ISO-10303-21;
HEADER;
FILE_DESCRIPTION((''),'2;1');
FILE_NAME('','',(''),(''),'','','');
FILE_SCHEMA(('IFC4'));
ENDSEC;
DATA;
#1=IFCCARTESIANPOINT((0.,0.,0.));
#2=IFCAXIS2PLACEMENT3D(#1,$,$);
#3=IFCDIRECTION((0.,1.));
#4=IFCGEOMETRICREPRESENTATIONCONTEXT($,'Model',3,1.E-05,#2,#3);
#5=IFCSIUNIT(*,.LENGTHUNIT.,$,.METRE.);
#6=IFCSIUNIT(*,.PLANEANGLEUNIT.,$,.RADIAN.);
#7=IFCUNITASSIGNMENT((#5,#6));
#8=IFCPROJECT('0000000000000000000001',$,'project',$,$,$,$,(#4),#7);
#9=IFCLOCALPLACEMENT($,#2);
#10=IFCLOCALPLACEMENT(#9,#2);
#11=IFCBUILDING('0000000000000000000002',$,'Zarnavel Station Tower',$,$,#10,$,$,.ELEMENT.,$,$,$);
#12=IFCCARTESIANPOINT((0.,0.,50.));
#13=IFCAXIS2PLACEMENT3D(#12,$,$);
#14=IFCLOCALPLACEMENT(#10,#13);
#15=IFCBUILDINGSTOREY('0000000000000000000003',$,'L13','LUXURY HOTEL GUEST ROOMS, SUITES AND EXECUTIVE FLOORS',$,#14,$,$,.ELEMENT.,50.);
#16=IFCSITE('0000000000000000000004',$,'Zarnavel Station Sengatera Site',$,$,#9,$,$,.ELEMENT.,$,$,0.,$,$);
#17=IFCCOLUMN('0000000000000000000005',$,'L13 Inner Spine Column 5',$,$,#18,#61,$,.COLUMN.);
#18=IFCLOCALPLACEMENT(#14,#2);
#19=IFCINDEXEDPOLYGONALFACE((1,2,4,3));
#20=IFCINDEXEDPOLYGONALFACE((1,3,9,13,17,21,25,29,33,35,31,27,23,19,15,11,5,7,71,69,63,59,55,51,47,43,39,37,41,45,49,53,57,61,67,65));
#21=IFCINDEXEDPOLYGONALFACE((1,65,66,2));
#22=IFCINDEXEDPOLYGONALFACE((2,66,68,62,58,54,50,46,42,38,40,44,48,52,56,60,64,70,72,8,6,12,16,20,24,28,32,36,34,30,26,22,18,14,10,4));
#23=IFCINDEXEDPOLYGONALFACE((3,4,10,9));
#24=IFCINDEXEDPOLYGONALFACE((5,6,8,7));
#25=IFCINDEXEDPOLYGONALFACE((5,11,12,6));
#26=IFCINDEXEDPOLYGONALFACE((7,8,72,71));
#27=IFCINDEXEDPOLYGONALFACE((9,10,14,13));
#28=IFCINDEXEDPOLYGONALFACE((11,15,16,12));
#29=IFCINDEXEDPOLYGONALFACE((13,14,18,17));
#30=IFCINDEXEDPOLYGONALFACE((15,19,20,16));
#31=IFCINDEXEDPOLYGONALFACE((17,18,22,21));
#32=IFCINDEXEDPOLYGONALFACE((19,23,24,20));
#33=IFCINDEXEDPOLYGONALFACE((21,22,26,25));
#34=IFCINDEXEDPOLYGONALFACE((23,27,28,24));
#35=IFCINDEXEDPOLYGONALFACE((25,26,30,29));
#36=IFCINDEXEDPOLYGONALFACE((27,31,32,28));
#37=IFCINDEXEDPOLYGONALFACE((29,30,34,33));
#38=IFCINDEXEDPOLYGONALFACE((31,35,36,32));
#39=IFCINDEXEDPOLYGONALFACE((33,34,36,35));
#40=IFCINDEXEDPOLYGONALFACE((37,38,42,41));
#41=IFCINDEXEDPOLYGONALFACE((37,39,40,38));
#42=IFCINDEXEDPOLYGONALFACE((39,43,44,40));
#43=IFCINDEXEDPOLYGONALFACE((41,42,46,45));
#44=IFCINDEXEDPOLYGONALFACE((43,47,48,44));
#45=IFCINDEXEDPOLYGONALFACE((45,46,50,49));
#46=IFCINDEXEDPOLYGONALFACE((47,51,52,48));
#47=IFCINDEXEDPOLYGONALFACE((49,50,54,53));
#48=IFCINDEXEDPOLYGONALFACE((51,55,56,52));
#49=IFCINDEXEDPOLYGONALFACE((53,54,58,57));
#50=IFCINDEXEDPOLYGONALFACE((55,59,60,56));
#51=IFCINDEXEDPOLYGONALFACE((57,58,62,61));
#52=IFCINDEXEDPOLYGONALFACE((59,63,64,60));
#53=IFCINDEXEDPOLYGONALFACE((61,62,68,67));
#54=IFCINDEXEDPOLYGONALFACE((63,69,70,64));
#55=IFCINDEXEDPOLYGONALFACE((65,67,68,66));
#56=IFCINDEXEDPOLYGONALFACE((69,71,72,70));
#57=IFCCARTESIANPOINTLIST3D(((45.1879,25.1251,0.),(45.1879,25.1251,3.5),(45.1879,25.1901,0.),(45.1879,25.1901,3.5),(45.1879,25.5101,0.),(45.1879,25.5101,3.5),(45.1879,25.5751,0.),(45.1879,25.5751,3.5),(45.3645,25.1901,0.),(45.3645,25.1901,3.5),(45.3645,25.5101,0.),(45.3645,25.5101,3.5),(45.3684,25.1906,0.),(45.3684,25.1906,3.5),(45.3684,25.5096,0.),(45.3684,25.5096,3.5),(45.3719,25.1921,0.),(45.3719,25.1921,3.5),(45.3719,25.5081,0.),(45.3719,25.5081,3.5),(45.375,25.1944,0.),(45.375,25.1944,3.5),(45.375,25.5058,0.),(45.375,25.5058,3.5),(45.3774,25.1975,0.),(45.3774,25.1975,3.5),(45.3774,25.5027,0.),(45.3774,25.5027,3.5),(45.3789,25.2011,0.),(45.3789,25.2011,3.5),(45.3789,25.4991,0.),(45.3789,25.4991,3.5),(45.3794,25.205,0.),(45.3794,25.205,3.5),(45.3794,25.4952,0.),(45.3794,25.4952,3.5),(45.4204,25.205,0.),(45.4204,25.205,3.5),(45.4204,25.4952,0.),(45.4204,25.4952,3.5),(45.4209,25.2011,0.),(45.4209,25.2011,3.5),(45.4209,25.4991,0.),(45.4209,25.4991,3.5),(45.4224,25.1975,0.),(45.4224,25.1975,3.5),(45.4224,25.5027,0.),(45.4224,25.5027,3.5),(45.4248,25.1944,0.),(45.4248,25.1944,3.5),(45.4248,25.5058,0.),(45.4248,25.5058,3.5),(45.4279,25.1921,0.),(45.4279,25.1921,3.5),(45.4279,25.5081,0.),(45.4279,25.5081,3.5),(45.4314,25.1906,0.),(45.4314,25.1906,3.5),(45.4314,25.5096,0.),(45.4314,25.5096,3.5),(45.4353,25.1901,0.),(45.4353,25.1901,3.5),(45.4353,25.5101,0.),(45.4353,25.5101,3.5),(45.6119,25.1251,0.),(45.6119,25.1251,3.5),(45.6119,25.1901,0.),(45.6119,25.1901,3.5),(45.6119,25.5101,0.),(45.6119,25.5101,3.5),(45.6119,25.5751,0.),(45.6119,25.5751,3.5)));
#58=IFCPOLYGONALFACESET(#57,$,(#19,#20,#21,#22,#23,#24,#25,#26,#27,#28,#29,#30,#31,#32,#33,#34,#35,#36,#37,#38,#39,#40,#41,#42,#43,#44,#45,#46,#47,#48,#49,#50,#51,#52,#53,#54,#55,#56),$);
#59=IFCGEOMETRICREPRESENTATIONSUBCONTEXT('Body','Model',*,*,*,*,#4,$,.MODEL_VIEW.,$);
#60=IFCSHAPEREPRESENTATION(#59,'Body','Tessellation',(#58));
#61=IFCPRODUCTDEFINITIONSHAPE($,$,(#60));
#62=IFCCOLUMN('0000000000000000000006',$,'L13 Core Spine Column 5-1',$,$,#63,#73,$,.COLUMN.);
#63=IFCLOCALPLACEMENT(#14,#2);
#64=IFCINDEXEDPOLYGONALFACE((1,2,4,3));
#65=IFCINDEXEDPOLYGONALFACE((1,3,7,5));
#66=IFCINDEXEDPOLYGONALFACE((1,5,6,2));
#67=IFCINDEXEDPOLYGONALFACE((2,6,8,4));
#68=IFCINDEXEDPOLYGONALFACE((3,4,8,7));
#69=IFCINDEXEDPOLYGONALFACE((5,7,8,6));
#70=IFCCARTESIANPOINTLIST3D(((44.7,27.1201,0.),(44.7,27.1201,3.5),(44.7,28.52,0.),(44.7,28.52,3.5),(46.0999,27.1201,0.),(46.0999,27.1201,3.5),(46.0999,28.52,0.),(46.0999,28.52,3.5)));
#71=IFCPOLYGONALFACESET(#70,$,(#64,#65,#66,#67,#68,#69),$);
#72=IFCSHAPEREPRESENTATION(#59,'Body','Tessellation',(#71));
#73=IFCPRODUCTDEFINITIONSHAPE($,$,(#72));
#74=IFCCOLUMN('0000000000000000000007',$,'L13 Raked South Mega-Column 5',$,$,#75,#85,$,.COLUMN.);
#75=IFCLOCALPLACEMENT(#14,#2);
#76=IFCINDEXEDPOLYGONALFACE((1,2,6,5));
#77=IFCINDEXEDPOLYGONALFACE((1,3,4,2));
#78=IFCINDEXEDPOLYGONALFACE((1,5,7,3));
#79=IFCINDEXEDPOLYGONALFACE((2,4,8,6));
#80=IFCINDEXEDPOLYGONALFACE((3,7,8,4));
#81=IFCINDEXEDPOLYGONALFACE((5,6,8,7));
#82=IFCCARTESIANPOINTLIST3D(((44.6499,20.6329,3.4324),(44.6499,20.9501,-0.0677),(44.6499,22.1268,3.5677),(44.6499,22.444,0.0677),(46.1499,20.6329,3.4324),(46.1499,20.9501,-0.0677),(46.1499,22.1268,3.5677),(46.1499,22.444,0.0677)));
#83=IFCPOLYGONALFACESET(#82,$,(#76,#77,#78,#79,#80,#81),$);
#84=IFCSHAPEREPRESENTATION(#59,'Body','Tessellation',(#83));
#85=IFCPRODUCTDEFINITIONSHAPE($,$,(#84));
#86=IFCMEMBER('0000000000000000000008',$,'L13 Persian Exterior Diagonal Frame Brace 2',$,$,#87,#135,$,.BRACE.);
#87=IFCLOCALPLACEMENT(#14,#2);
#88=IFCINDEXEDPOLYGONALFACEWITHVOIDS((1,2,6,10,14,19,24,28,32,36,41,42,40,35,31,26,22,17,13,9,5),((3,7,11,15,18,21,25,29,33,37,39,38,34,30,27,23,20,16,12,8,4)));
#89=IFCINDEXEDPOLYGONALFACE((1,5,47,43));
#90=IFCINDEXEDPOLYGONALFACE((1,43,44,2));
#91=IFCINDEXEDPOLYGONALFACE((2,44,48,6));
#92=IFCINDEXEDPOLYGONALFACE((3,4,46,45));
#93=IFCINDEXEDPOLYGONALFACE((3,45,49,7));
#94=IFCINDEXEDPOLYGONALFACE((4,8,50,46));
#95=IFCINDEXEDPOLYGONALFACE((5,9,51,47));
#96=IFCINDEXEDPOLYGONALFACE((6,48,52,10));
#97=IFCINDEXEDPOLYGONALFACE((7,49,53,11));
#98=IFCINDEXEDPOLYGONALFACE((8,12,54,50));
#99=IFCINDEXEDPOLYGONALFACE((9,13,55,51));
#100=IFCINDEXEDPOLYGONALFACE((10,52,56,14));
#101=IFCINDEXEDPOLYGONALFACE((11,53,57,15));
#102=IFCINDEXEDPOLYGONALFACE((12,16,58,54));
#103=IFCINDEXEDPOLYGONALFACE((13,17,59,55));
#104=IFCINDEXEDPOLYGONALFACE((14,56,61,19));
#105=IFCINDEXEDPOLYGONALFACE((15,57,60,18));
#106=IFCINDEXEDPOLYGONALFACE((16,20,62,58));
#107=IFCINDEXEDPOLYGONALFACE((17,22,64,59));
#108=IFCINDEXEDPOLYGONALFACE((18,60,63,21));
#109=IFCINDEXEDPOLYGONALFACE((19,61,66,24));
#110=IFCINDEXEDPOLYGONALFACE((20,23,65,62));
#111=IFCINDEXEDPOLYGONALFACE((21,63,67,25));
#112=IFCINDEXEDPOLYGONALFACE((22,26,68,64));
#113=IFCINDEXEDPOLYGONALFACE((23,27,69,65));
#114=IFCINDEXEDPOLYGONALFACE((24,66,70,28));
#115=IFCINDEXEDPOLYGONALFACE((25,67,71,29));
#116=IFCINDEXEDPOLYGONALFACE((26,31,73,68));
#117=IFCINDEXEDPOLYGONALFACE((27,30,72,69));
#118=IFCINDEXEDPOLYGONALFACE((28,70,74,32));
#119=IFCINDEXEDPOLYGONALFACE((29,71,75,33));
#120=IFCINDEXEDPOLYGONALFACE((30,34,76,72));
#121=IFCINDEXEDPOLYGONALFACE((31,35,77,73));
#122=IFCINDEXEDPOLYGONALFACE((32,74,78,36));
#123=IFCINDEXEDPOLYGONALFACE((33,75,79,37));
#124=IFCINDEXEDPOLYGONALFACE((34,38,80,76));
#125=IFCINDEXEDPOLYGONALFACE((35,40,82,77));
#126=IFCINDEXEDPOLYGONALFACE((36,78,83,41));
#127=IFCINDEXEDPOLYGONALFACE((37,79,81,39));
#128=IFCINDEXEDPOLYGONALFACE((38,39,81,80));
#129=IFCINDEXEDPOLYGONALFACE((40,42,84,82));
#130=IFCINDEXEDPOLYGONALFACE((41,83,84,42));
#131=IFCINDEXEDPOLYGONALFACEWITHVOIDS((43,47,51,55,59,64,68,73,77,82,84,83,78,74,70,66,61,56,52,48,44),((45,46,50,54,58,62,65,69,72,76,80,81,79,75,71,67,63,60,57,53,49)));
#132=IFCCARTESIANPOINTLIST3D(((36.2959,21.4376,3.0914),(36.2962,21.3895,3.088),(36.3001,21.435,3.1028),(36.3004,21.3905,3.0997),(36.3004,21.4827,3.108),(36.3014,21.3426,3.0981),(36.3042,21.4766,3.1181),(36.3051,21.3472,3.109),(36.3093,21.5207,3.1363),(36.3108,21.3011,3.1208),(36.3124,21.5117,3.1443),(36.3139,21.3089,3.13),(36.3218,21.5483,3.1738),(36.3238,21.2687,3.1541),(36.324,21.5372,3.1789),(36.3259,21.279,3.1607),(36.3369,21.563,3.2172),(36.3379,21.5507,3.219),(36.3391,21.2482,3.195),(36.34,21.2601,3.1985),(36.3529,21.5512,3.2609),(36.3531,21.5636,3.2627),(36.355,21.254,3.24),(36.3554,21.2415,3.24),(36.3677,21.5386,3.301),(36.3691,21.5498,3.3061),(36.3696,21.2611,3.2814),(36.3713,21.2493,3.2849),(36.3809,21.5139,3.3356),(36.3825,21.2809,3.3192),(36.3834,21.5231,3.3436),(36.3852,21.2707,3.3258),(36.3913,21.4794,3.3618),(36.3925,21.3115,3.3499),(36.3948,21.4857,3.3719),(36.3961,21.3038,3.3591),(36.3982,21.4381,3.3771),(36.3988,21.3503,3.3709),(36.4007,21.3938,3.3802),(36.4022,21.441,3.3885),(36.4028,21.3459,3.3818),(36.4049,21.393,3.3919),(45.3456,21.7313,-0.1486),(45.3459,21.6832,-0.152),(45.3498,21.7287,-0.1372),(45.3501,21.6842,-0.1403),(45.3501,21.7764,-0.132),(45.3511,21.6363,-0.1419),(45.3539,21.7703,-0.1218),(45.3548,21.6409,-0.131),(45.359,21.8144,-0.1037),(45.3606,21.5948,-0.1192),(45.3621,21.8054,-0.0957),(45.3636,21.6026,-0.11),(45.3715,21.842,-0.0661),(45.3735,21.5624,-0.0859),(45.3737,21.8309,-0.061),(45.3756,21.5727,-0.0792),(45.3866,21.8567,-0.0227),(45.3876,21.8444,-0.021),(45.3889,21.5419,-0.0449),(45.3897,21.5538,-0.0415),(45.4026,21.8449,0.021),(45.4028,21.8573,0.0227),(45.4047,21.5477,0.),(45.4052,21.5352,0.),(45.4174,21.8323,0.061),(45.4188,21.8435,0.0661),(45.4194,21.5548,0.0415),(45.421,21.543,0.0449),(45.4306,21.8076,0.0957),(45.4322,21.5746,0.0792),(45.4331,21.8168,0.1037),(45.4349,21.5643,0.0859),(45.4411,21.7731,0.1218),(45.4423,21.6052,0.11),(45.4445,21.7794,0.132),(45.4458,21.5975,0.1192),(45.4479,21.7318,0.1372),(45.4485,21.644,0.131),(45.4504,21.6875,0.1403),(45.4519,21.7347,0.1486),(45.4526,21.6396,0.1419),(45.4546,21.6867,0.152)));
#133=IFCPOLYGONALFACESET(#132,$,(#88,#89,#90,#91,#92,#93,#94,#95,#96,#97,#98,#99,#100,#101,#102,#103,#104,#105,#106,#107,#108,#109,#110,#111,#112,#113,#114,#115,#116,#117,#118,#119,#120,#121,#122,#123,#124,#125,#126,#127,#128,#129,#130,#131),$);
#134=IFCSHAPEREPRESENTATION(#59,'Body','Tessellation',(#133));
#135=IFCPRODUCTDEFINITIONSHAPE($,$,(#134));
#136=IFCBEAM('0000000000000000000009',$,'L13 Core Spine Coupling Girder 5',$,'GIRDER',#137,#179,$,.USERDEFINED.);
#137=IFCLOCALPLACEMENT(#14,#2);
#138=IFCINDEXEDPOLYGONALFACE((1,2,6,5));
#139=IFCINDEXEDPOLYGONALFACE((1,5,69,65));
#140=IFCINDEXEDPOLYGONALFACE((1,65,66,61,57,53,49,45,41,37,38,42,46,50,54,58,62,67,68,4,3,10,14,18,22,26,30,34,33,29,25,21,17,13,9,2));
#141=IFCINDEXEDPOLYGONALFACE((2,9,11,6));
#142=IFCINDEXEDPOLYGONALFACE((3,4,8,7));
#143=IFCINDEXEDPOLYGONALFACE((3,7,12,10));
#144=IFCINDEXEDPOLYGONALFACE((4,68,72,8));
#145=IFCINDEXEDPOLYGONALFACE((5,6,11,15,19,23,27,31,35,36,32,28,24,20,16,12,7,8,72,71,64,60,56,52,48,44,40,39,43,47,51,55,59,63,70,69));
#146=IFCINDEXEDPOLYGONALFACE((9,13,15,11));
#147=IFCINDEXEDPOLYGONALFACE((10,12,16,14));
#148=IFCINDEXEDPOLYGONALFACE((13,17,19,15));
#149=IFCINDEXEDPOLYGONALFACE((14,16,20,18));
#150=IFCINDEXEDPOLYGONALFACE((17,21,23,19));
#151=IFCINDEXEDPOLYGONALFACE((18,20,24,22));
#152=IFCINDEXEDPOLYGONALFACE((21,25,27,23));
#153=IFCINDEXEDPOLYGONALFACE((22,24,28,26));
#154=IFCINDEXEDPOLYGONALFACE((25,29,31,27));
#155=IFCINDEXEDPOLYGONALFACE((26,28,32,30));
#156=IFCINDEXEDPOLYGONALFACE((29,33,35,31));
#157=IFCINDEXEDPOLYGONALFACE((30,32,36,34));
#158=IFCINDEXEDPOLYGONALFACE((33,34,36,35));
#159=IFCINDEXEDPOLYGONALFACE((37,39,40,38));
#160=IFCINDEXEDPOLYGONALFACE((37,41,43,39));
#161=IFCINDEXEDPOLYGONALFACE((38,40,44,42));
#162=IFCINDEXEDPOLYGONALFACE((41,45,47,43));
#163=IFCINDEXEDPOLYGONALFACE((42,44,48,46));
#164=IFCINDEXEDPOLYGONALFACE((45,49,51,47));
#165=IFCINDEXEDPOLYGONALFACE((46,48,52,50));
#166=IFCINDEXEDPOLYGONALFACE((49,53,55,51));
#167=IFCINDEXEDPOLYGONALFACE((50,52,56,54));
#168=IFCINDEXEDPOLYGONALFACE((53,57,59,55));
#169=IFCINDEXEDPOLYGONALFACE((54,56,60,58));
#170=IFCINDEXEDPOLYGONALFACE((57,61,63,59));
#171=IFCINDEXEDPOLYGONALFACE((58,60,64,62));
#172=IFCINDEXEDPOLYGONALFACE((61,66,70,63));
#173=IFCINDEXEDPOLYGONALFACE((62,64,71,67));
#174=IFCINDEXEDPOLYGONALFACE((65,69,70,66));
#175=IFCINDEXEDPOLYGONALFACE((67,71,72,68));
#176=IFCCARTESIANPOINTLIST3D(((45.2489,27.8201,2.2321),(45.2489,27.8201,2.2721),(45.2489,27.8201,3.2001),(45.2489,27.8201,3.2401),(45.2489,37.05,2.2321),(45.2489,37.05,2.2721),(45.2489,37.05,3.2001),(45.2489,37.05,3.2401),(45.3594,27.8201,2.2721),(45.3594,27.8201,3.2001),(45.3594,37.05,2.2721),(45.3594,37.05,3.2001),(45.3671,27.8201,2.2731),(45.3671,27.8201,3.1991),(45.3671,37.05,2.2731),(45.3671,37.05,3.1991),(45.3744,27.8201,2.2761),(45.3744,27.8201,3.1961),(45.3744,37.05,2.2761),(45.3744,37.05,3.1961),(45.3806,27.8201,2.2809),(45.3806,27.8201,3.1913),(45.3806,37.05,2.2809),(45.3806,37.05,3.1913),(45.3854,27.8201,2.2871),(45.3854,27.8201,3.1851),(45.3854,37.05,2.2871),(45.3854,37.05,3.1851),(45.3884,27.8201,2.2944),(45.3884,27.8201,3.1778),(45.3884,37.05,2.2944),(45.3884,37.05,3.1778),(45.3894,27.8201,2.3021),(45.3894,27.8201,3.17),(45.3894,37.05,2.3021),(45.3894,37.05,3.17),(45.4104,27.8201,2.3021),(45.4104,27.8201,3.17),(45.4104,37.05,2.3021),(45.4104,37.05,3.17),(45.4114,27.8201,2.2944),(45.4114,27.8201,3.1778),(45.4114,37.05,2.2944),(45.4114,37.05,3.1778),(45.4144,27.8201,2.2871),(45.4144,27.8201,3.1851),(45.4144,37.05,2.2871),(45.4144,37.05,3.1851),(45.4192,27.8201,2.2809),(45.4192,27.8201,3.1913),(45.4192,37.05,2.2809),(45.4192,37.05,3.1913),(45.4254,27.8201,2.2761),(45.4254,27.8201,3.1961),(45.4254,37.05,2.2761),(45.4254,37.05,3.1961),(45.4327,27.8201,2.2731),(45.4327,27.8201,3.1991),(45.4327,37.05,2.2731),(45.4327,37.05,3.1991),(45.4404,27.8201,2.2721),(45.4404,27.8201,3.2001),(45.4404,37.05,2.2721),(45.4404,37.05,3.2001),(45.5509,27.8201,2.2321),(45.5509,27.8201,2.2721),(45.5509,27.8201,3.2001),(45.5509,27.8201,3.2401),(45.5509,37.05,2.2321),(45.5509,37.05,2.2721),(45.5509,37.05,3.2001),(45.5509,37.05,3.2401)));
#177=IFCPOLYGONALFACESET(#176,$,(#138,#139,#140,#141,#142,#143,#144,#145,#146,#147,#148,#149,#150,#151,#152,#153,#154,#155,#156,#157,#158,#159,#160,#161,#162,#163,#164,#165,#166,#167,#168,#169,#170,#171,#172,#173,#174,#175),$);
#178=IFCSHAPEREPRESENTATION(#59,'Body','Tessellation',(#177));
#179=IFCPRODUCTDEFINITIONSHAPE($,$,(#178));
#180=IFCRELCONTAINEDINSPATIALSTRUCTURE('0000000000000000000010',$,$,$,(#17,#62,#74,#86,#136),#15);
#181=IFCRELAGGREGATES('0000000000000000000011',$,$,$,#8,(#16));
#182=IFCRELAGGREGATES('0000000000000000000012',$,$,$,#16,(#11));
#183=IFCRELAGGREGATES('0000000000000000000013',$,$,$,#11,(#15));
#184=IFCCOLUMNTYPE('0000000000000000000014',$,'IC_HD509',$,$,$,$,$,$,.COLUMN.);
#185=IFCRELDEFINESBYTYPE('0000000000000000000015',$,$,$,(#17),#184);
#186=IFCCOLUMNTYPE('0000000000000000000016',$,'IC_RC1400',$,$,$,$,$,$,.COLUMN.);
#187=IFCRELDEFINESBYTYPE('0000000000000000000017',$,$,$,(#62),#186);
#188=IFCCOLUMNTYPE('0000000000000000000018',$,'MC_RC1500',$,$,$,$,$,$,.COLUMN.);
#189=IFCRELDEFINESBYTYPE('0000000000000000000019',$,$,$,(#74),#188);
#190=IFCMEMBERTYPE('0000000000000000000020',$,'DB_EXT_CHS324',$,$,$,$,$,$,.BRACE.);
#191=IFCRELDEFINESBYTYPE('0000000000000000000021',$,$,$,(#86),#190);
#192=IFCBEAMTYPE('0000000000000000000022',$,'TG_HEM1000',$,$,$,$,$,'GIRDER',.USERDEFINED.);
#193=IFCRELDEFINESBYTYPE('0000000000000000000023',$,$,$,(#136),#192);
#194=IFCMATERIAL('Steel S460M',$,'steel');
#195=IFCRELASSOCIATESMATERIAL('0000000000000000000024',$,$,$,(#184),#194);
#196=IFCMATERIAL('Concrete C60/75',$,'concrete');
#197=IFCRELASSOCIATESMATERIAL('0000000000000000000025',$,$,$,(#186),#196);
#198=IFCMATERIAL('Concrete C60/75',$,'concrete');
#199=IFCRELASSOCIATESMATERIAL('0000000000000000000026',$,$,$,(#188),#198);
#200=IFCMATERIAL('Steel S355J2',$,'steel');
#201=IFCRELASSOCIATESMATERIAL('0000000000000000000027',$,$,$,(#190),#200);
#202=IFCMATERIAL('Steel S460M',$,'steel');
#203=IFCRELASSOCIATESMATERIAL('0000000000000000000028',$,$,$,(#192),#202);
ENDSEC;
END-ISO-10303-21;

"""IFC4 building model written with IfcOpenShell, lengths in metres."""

from ifc_helpers import new_model, si_unit, direction, frame, origin, origin_2d, place, context, subcontext, project, spatial, rectangle, hollow_circle, i_section, extrude, material, material_profile, profile_set, type_object, element, save


model = new_model("IFC4")

# Units and contexts
model_context = context("Model", 3, precision=1e-05, world=origin(), true_north=direction((0.0, 1.0)))
body_context = subcontext(model_context, "Body", "Model", "MODEL_VIEW")
ifc_project = project(units=[si_unit("LENGTHUNIT", "METRE"), si_unit("PLANEANGLEUNIT", "RADIAN")], contexts=[model_context])

# Site, building, storey
site_placement = place(None, origin())
site = spatial("IfcSite", under=ifc_project, at=site_placement, Name="Zarnavel Station Sengatera Site", CompositionType="ELEMENT", RefElevation=0.0)
building_placement = place(site_placement, origin())
building = spatial("IfcBuilding", under=site, at=building_placement, Name="Zarnavel Station Tower", CompositionType="ELEMENT")
storey_placement = place(building_placement, frame((0.0, 0.0, 50.0)))
storey = spatial("IfcBuildingStorey", under=building, at=storey_placement, Name="L13", Description="LUXURY HOTEL GUEST ROOMS, SUITES AND EXECUTIVE FLOORS", CompositionType="ELEMENT", Elevation=50.0)

# Columns
ifc_material_1 = material(Name="Steel S460M", Category="steel")
ifc_material_profile_1 = material_profile(ifc_material_1, i_section(OverallWidth=0.4241, OverallDepth=0.45, WebThickness=0.041, FlangeThickness=0.0649, FilletRadius=0.0149, at=origin_2d()), Name="HD400x509")
ifc_profile_set_1 = profile_set([ifc_material_profile_1], Name="Steel S460M")
column_type_1 = type_object("IfcColumnType", Name="IC_HD509", PredefinedType="COLUMN", material=ifc_profile_set_1)
column_1_placement = place(storey_placement, frame((45.3999, 25.3501, 0.0), z_axis=(0.0, 0.0, 1.0), x_axis=(1.0, 0.0, 0.0)))
element("IfcColumn", 1, at=column_1_placement, inside=storey, type_object=column_type_1, Name="L13 Inner Spine Column 5", PredefinedType="COLUMN", context=body_context, shape_type="SweptSolid", body=[
    extrude(i_section(OverallWidth=0.4241, OverallDepth=0.45, WebThickness=0.041, FlangeThickness=0.0649, FilletRadius=0.0149, at=origin_2d()), origin(), (0.0, 0.0, 1.0), 3.5),
])
ifc_material_2 = material(Name="Concrete C60/75", Category="concrete")
ifc_material_profile_2 = material_profile(ifc_material_2, rectangle(XDim=1.3999, YDim=1.3999, at=origin_2d()), Name="RC1400x1400")
ifc_profile_set_2 = profile_set([ifc_material_profile_2], Name="Concrete C60/75")
column_type_2 = type_object("IfcColumnType", Name="IC_RC1400", PredefinedType="COLUMN", material=ifc_profile_set_2)
column_2_placement = place(storey_placement, frame((45.3999, 27.8201, 0.0), z_axis=(0.0, 0.0, 1.0), x_axis=(1.0, 0.0, 0.0)))
element("IfcColumn", 2, at=column_2_placement, inside=storey, type_object=column_type_2, Name="L13 Core Spine Column 5-1", PredefinedType="COLUMN", context=body_context, shape_type="SweptSolid", body=[
    extrude(rectangle(XDim=1.3999, YDim=1.3999, at=origin_2d()), origin(), (0.0, 0.0, 1.0), 3.5),
])
ifc_material_3 = material(Name="Concrete C60/75", Category="concrete")
ifc_material_profile_3 = material_profile(ifc_material_3, rectangle(XDim=1.5, YDim=1.5, at=origin_2d()), Name="RC1500x1500")
ifc_profile_set_3 = profile_set([ifc_material_profile_3], Name="Concrete C60/75")
column_type_3 = type_object("IfcColumnType", Name="MC_RC1500", PredefinedType="COLUMN", material=ifc_profile_set_3)
column_3_placement = place(storey_placement, frame((45.3999, 21.697, 0.0), z_axis=(0.0, -0.090241, 0.99592), x_axis=(1.0, 0.0, 0.0)))
element("IfcColumn", 3, at=column_3_placement, inside=storey, type_object=column_type_3, Name="L13 Raked South Mega-Column 5", PredefinedType="COLUMN", context=body_context, shape_type="SweptSolid", body=[
    extrude(rectangle(XDim=1.5, YDim=1.5, at=origin_2d()), origin(), (0.0, 0.0, 1.0), 3.5144),
])

# Member
ifc_material_4 = material(Name="Steel S355J2", Category="steel")
ifc_material_profile_4 = material_profile(ifc_material_4, hollow_circle(Radius=0.1619, WallThickness=0.0125, at=origin_2d()), Name="CHS323.9x12.5")
ifc_profile_set_4 = profile_set([ifc_material_profile_4], Name="Steel S355J2")
member_type = type_object("IfcMemberType", Name="DB_EXT_CHS324", PredefinedType="BRACE", material=ifc_profile_set_4)
member_placement = place(storey_placement, frame((45.3999, 21.697, 0.0), z_axis=(-0.941042, -0.03054, 0.33691), x_axis=(0.032437, -0.999474, 0.0)))
element("IfcMember", 4, at=member_placement, inside=storey, type_object=member_type, Name="L13 Persian Exterior Diagonal Frame Brace 2", PredefinedType="BRACE", context=body_context, shape_type="SweptSolid", body=[
    extrude(hollow_circle(Radius=0.1619, WallThickness=0.0125, at=origin_2d()), origin(), (0.0, 0.0, 1.0), 9.6167),
])

# Beam
ifc_material_5 = material(Name="Steel S460M", Category="steel")
ifc_material_profile_5 = material_profile(ifc_material_5, i_section(OverallWidth=0.302, OverallDepth=1.0081, WebThickness=0.021, FlangeThickness=0.04, FilletRadius=0.03, at=origin_2d()), Name="HEM1000")
ifc_profile_set_5 = profile_set([ifc_material_profile_5], Name="Steel S460M")
beam_type = type_object("IfcBeamType", Name="TG_HEM1000", ElementType="GIRDER", PredefinedType="USERDEFINED", material=ifc_profile_set_5)
beam_1_placement = place(storey_placement, frame((45.3999, 27.8201, 2.7361), z_axis=(0.0, 1.0, 0.0), x_axis=(-1.0, 0.0, 0.0)))
element("IfcBeam", 5, at=beam_1_placement, inside=storey, type_object=beam_type, Name="L13 Core Spine Coupling Girder 5", ObjectType="GIRDER", PredefinedType="USERDEFINED", context=body_context, shape_type="SweptSolid", body=[
    extrude(i_section(OverallWidth=0.302, OverallDepth=1.0081, WebThickness=0.021, FlangeThickness=0.04, FilletRadius=0.03, at=origin_2d()), origin(), (0.0, 0.0, 1.0), 9.23),
])

save(model, "model.ifc")
